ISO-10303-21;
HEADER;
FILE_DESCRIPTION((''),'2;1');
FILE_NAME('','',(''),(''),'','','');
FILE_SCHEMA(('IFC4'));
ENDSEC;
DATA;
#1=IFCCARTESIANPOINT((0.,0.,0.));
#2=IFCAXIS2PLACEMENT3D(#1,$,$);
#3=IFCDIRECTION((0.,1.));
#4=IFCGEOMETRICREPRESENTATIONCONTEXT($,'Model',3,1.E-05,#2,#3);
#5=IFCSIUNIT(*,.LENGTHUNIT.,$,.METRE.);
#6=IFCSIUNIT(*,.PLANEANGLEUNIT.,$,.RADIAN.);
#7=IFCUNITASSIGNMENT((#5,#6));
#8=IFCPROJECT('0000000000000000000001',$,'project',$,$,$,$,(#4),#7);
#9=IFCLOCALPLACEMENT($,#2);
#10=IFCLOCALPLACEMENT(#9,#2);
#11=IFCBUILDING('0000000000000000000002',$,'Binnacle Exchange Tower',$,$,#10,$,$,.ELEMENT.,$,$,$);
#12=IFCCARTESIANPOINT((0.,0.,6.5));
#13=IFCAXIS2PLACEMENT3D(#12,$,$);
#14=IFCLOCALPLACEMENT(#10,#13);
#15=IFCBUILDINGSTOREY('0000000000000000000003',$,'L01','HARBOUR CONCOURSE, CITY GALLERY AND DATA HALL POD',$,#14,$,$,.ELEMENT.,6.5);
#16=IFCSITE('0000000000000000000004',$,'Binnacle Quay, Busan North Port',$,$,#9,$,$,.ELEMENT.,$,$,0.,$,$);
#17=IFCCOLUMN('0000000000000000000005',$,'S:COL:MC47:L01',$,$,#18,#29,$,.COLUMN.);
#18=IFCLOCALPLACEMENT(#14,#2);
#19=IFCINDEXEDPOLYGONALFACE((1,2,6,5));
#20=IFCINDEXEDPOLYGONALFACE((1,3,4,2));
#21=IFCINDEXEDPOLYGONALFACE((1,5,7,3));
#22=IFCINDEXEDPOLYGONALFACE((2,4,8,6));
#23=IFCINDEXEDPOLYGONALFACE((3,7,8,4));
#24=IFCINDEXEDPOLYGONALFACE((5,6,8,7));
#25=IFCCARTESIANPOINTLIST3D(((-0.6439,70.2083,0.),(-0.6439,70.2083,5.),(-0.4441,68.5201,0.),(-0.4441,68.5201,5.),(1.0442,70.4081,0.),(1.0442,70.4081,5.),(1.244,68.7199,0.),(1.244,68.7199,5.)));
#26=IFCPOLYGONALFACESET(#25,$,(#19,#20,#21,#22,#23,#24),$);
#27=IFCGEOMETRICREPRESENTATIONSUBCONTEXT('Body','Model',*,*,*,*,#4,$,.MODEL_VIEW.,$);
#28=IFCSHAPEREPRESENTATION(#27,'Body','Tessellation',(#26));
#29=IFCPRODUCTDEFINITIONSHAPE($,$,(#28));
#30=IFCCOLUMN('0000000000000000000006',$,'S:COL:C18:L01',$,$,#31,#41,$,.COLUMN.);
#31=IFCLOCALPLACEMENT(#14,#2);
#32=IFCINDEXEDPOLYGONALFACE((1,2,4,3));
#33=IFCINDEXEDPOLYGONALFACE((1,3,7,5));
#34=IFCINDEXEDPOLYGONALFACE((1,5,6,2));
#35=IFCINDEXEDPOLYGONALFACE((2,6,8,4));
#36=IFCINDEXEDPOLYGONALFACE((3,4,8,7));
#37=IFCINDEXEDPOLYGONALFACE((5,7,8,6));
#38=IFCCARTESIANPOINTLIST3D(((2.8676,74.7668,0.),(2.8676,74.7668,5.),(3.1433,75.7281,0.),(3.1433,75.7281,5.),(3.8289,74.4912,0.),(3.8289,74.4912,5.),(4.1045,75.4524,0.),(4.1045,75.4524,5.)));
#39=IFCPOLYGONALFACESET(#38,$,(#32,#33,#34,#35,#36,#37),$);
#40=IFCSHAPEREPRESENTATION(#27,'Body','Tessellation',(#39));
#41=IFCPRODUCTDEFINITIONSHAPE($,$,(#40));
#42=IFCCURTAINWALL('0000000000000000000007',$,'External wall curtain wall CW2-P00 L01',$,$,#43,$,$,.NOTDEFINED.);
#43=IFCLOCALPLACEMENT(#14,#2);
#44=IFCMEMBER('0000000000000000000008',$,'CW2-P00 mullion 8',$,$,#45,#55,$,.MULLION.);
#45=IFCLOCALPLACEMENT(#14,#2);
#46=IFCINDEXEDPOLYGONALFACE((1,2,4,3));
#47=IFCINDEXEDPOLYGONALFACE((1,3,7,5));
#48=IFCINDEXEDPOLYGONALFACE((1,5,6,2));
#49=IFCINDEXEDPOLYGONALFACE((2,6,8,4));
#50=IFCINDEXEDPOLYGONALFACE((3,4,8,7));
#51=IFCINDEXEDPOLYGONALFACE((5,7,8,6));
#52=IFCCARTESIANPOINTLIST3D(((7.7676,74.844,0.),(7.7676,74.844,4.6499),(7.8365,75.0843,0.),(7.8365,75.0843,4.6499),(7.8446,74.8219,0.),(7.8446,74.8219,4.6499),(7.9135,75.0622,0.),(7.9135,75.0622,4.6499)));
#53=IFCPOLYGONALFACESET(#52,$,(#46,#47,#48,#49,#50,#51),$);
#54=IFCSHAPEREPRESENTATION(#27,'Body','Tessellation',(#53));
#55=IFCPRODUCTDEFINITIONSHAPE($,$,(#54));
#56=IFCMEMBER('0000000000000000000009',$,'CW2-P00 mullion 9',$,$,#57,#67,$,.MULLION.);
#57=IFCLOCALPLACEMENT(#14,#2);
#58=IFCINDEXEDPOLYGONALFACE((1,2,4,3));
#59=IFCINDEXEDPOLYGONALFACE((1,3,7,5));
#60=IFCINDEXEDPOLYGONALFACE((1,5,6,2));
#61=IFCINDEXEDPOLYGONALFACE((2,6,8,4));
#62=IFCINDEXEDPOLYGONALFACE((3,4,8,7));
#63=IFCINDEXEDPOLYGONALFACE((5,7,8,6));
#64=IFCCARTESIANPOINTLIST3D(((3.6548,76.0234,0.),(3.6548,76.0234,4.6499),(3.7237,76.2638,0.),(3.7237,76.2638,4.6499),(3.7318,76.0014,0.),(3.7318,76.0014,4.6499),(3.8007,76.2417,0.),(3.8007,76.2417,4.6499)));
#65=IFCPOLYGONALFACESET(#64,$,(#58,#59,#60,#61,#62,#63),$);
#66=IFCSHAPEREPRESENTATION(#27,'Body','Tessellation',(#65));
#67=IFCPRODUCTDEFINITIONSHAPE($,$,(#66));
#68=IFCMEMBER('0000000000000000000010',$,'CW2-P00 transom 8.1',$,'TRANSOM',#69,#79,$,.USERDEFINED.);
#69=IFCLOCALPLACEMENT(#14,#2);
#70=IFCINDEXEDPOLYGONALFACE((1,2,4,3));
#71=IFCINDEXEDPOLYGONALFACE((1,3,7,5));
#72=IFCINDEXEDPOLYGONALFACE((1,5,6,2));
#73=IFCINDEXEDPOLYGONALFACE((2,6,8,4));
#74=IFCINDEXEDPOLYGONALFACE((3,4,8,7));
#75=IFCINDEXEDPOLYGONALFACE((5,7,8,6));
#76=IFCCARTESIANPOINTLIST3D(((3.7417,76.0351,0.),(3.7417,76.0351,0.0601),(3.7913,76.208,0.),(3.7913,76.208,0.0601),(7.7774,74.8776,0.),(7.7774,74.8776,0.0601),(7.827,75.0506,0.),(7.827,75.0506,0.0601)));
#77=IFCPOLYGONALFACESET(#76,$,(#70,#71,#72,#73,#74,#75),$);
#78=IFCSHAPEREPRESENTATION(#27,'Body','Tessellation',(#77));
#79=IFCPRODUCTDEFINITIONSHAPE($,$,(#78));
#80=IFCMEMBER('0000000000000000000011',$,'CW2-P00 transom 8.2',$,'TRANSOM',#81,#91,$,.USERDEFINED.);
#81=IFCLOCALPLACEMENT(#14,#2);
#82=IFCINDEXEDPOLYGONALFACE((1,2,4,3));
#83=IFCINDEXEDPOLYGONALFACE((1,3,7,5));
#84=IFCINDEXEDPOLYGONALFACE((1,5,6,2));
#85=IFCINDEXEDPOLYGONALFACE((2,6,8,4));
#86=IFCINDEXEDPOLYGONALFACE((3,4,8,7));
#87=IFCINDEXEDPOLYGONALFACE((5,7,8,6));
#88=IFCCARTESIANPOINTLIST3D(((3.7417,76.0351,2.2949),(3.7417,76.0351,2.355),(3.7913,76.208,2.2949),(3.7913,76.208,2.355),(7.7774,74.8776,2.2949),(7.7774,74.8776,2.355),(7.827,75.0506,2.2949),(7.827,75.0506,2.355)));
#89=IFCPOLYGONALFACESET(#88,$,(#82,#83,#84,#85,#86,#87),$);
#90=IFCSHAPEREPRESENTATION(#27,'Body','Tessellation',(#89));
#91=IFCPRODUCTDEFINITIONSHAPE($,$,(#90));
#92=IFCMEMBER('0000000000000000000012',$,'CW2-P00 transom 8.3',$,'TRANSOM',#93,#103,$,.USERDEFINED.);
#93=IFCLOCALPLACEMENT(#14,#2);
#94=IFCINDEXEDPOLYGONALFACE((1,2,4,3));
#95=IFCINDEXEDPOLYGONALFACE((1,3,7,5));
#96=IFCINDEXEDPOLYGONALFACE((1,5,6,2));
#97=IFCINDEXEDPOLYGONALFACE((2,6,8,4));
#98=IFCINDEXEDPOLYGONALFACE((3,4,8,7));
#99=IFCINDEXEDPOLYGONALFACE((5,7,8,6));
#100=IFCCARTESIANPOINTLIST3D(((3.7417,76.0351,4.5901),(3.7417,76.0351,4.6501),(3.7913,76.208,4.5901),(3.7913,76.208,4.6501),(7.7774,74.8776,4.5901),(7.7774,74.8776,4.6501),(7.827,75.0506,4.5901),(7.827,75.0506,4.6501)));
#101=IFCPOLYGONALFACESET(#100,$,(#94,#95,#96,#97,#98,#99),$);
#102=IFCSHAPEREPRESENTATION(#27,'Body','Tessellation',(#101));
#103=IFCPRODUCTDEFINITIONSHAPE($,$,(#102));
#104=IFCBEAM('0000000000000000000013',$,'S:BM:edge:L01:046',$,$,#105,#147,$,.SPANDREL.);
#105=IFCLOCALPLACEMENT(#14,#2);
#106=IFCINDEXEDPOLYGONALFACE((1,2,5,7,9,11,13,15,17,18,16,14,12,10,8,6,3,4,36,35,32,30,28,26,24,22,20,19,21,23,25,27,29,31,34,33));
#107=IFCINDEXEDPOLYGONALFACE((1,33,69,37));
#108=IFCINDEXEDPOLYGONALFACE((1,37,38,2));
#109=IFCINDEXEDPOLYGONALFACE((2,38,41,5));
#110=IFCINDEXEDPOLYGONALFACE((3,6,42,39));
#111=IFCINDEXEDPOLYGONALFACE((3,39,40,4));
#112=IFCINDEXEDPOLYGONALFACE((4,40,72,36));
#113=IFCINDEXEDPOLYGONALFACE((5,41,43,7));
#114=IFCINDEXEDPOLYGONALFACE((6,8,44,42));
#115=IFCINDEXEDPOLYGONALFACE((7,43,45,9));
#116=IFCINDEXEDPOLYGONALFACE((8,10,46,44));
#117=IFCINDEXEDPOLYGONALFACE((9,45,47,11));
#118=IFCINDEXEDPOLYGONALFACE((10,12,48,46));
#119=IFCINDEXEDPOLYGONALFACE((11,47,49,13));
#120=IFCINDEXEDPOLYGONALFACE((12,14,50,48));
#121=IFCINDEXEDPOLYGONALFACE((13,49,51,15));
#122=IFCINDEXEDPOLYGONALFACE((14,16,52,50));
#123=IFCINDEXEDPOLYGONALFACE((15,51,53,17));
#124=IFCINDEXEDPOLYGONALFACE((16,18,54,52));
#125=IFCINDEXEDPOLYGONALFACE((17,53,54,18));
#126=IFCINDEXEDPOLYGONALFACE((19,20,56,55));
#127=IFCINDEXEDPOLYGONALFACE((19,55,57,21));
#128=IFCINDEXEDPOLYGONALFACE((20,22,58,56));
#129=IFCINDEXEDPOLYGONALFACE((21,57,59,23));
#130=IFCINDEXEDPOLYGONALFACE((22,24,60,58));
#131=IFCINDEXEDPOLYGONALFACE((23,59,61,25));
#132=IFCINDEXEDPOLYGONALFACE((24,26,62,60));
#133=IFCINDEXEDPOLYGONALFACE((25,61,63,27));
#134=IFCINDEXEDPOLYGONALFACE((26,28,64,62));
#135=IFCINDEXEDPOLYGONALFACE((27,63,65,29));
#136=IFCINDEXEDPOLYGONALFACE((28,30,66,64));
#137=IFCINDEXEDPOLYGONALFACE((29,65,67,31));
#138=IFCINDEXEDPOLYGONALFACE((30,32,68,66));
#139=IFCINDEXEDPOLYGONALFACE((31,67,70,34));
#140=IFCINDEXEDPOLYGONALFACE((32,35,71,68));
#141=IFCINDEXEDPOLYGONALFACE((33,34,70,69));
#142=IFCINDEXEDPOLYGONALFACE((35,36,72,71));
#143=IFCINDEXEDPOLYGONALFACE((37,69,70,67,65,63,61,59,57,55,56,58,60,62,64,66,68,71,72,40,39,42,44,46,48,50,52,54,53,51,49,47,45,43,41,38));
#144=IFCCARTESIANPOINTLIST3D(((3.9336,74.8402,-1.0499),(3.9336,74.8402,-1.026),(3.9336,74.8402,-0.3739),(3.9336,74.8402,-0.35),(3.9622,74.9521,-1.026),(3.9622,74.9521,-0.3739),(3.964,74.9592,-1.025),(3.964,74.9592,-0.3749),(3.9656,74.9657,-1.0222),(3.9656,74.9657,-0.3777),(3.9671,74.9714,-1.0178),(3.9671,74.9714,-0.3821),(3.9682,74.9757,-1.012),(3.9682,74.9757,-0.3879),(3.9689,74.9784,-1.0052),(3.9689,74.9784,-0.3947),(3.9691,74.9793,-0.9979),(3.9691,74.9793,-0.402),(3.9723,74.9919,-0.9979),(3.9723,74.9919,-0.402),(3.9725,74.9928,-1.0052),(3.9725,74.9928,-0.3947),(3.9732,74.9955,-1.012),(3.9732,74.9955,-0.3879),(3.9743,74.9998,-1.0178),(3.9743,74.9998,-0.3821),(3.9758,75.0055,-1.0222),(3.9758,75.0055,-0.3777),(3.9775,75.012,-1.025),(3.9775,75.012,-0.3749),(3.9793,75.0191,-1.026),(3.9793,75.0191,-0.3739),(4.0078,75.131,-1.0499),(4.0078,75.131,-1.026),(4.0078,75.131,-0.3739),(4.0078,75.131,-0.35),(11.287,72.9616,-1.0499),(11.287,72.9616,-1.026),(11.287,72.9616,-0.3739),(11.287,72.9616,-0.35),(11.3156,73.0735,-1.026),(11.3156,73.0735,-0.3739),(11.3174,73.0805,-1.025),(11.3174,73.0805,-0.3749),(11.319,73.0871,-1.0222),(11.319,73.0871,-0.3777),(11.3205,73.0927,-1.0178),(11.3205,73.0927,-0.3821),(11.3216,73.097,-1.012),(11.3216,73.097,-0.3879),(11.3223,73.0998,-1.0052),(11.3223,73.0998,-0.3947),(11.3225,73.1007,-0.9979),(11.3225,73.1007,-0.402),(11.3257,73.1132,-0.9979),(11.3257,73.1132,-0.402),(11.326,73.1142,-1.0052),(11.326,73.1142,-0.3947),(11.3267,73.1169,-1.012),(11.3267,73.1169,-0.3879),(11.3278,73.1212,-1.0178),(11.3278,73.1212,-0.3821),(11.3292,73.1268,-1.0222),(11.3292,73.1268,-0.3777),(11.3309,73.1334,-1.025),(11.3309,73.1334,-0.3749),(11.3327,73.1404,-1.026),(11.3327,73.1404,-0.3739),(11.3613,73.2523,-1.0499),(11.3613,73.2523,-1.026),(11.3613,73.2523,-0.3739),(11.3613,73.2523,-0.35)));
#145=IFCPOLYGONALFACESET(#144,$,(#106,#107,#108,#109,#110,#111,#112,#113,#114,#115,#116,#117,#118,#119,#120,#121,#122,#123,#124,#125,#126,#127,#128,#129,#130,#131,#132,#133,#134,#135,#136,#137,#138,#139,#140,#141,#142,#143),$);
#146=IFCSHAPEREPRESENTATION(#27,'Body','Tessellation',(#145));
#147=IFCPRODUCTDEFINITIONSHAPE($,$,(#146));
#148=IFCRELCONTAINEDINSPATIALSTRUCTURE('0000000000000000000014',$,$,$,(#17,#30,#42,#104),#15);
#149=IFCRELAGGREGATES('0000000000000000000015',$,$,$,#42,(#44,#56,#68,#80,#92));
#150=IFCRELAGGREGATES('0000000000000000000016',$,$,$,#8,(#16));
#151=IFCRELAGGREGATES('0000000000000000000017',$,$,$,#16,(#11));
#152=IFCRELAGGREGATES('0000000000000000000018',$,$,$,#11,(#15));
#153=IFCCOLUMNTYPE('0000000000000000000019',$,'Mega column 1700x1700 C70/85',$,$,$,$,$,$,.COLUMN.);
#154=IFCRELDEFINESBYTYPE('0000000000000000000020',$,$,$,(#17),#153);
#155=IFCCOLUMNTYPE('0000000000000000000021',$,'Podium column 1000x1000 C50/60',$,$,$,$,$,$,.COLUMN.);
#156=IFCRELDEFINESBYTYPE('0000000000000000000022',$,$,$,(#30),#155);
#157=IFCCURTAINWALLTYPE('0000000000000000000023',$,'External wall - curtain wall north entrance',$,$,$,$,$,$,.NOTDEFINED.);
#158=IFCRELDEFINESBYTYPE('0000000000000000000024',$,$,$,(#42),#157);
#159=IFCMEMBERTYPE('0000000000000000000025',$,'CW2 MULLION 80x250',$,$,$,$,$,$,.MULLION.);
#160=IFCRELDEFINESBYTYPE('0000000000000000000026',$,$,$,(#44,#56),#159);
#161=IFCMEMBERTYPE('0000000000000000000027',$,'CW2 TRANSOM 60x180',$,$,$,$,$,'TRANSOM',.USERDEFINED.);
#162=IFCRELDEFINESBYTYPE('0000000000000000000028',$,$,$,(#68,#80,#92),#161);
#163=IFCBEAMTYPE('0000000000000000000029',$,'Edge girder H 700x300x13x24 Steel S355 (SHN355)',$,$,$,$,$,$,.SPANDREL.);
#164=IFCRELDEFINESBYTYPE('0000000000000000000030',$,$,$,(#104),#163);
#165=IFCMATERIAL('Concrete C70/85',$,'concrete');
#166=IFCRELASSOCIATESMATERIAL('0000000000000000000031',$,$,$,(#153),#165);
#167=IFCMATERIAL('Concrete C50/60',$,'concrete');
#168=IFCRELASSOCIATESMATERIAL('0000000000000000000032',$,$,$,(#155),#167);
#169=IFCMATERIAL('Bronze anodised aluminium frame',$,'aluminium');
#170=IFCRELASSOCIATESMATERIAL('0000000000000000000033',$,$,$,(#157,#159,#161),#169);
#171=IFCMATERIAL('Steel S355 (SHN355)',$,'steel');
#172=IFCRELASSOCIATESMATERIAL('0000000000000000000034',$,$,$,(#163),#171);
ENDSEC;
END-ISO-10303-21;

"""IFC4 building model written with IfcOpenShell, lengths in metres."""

from ifc_helpers import new_model, si_unit, direction, frame, origin, origin_2d, place, context, subcontext, project, spatial, rectangle, i_section, extrude, material, material_profile, profile_set, type_object, element, aggregate, save


model = new_model("IFC4")

# Units and contexts
model_context = context("Model", 3, precision=1e-05, world=origin(), true_north=direction((0.0, 1.0)))
body_context = subcontext(model_context, "Body", "Model", "MODEL_VIEW")
ifc_project = project(units=[si_unit("LENGTHUNIT", "METRE"), si_unit("PLANEANGLEUNIT", "RADIAN")], contexts=[model_context])

# Site, building, storey
site_placement = place(None, origin())
site = spatial("IfcSite", under=ifc_project, at=site_placement, Name="Binnacle Quay, Busan North Port", CompositionType="ELEMENT", RefElevation=0.0)
building_placement = place(site_placement, origin())
building = spatial("IfcBuilding", under=site, at=building_placement, Name="Binnacle Exchange Tower", CompositionType="ELEMENT")
storey_placement = place(building_placement, frame((0.0, 0.0, 6.5)))
storey = spatial("IfcBuildingStorey", under=building, at=storey_placement, Name="L01", Description="HARBOUR CONCOURSE, CITY GALLERY AND DATA HALL POD", CompositionType="ELEMENT", Elevation=6.5)

# Columns
ifc_material_1 = material(Name="Concrete C70/85", Category="concrete")
ifc_material_profile_1 = material_profile(ifc_material_1, rectangle(XDim=1.7, YDim=1.7, at=origin_2d()), Name="Mega column 1700x1700 C70/85")
ifc_profile_set_1 = profile_set([ifc_material_profile_1], Name="Concrete C70/85")
column_type_1 = type_object("IfcColumnType", Name="Mega column 1700x1700 C70/85", PredefinedType="COLUMN", material=ifc_profile_set_1)
column_1_placement = place(storey_placement, frame((0.3, 69.4641, 0.0), z_axis=(0.0, 0.0, 1.0), x_axis=(-0.993068, -0.117537, 0.0)))
element("IfcColumn", 1, at=column_1_placement, inside=storey, type_object=column_type_1, Name="S:COL:MC47:L01", PredefinedType="COLUMN", context=body_context, shape_type="SweptSolid", body=[
    extrude(rectangle(XDim=1.7, YDim=1.7, at=origin_2d()), origin(), (0.0, 0.0, 1.0), 5.0),
])
ifc_material_2 = material(Name="Concrete C50/60", Category="concrete")
ifc_material_profile_2 = material_profile(ifc_material_2, rectangle(XDim=1.0, YDim=1.0, at=origin_2d()), Name="Podium column 1000x1000 C50/60")
ifc_profile_set_2 = profile_set([ifc_material_profile_2], Name="Concrete C50/60")
column_type_2 = type_object("IfcColumnType", Name="Podium column 1000x1000 C50/60", PredefinedType="COLUMN", material=ifc_profile_set_2)
column_2_placement = place(storey_placement, frame((3.4861, 75.1096, 0.0), z_axis=(0.0, 0.0, 1.0), x_axis=(-0.961262, 0.275637, 0.0)))
element("IfcColumn", 2, at=column_2_placement, inside=storey, type_object=column_type_2, Name="S:COL:C18:L01", PredefinedType="COLUMN", context=body_context, shape_type="SweptSolid", body=[
    extrude(rectangle(XDim=1.0, YDim=1.0, at=origin_2d()), origin(), (0.0, 0.0, 1.0), 5.0),
])

# Curtain wall, members
ifc_material_3 = material(Name="Bronze anodised aluminium frame", Category="aluminium")
curtain_wall_type = type_object("IfcCurtainWallType", Name="External wall - curtain wall north entrance", PredefinedType="NOTDEFINED", material=ifc_material_3)
curtain_wall_placement = place(storey_placement, origin())
curtain_wall = element("IfcCurtainWall", 3, at=curtain_wall_placement, inside=storey, type_object=curtain_wall_type, Name="External wall curtain wall CW2-P00 L01", PredefinedType="NOTDEFINED")
ifc_material_profile_3 = material_profile(ifc_material_3, rectangle(XDim=0.25, YDim=0.0801, at=origin_2d()), Name="AL 80x250")
ifc_profile_set_3 = profile_set([ifc_material_profile_3], Name="Bronze anodised aluminium frame")
member_type_1 = type_object("IfcMemberType", Name="CW2 MULLION 80x250", PredefinedType="MULLION", material=ifc_profile_set_3)
member_1_placement = place(storey_placement, frame((7.8406, 74.9531, 0.0), z_axis=(0.0, 0.0, 1.0), x_axis=(-0.275637, -0.961262, 0.0)))
member_1 = element("IfcMember", 4, at=member_1_placement, type_object=member_type_1, Name="CW2-P00 mullion 8", PredefinedType="MULLION", context=body_context, shape_type="SweptSolid", body=[
    extrude(rectangle(XDim=0.25, YDim=0.0801, at=origin_2d()), origin(), (0.0, 0.0, 1.0), 4.6499),
])
member_2_placement = place(storey_placement, frame((3.7278, 76.1326, 0.0), z_axis=(0.0, 0.0, 1.0), x_axis=(-0.275637, -0.961262, 0.0)))
member_2 = element("IfcMember", 5, at=member_2_placement, type_object=member_type_1, Name="CW2-P00 mullion 9", PredefinedType="MULLION", context=body_context, shape_type="SweptSolid", body=[
    extrude(rectangle(XDim=0.25, YDim=0.0801, at=origin_2d()), origin(), (0.0, 0.0, 1.0), 4.6499),
])
ifc_material_profile_4 = material_profile(ifc_material_3, rectangle(XDim=0.1799, YDim=0.0601, at=origin_2d()), Name="AL 180x60")
ifc_profile_set_4 = profile_set([ifc_material_profile_4], Name="Bronze anodised aluminium frame")
member_type_2 = type_object("IfcMemberType", Name="CW2 TRANSOM 60x180", ElementType="TRANSOM", PredefinedType="USERDEFINED", material=ifc_profile_set_4)
member_3_placement = place(storey_placement, frame((7.8022, 74.9641, 0.03), z_axis=(-0.961249, 0.275681, 0.0), x_axis=(-0.275681, -0.961249, 0.0)))
member_3 = element("IfcMember", 6, at=member_3_placement, type_object=member_type_2, Name="CW2-P00 transom 8.1", ObjectType="TRANSOM", PredefinedType="USERDEFINED", context=body_context, shape_type="SweptSolid", body=[
    extrude(rectangle(XDim=0.1799, YDim=0.0601, at=origin_2d()), origin(), (0.0, 0.0, 1.0), 4.1985),
])
member_4_placement = place(storey_placement, frame((7.8022, 74.9641, 2.325), z_axis=(-0.961249, 0.275681, 0.0), x_axis=(-0.275681, -0.961249, 0.0)))
member_4 = element("IfcMember", 7, at=member_4_placement, type_object=member_type_2, Name="CW2-P00 transom 8.2", ObjectType="TRANSOM", PredefinedType="USERDEFINED", context=body_context, shape_type="SweptSolid", body=[
    extrude(rectangle(XDim=0.1799, YDim=0.0601, at=origin_2d()), origin(), (0.0, 0.0, 1.0), 4.1985),
])
member_5_placement = place(storey_placement, frame((7.8022, 74.9641, 4.6201), z_axis=(-0.961249, 0.275681, 0.0), x_axis=(-0.275681, -0.961249, 0.0)))
member_5 = element("IfcMember", 8, at=member_5_placement, type_object=member_type_2, Name="CW2-P00 transom 8.3", ObjectType="TRANSOM", PredefinedType="USERDEFINED", context=body_context, shape_type="SweptSolid", body=[
    extrude(rectangle(XDim=0.1799, YDim=0.0601, at=origin_2d()), origin(), (0.0, 0.0, 1.0), 4.1985),
])

# Beam
ifc_material_4 = material(Name="Steel S355 (SHN355)", Category="steel")
ifc_material_profile_5 = material_profile(ifc_material_4, i_section(OverallWidth=0.3, OverallDepth=0.7, WebThickness=0.0129, FlangeThickness=0.0239, FilletRadius=0.0281, at=origin_2d()), Name="H 700x300x13x24")
ifc_profile_set_5 = profile_set([ifc_material_profile_5], Name="Steel S355 (SHN355)")
beam_type_1 = type_object("IfcBeamType", Name="Edge girder H 700x300x13x24 Steel S355 (SHN355)", PredefinedType="SPANDREL", material=ifc_profile_set_5)
beam_1_placement = place(storey_placement, frame((3.9707, 74.9856, -0.7), z_axis=(0.968881, -0.247528, 0.0), x_axis=(0.247528, 0.968881, 0.0)))
element("IfcBeam", 9, at=beam_1_placement, inside=storey, type_object=beam_type_1, Name="S:BM:edge:L01:046", PredefinedType="SPANDREL", context=body_context, shape_type="SweptSolid", body=[
    extrude(i_section(OverallWidth=0.3, OverallDepth=0.7, WebThickness=0.0129, FlangeThickness=0.0239, FilletRadius=0.0281, at=origin_2d()), origin(), (0.0, 0.0, 1.0), 7.5896),
])

aggregate(curtain_wall, [member_1, member_2, member_3, member_4, member_5])

save(model, "model.ifc")
